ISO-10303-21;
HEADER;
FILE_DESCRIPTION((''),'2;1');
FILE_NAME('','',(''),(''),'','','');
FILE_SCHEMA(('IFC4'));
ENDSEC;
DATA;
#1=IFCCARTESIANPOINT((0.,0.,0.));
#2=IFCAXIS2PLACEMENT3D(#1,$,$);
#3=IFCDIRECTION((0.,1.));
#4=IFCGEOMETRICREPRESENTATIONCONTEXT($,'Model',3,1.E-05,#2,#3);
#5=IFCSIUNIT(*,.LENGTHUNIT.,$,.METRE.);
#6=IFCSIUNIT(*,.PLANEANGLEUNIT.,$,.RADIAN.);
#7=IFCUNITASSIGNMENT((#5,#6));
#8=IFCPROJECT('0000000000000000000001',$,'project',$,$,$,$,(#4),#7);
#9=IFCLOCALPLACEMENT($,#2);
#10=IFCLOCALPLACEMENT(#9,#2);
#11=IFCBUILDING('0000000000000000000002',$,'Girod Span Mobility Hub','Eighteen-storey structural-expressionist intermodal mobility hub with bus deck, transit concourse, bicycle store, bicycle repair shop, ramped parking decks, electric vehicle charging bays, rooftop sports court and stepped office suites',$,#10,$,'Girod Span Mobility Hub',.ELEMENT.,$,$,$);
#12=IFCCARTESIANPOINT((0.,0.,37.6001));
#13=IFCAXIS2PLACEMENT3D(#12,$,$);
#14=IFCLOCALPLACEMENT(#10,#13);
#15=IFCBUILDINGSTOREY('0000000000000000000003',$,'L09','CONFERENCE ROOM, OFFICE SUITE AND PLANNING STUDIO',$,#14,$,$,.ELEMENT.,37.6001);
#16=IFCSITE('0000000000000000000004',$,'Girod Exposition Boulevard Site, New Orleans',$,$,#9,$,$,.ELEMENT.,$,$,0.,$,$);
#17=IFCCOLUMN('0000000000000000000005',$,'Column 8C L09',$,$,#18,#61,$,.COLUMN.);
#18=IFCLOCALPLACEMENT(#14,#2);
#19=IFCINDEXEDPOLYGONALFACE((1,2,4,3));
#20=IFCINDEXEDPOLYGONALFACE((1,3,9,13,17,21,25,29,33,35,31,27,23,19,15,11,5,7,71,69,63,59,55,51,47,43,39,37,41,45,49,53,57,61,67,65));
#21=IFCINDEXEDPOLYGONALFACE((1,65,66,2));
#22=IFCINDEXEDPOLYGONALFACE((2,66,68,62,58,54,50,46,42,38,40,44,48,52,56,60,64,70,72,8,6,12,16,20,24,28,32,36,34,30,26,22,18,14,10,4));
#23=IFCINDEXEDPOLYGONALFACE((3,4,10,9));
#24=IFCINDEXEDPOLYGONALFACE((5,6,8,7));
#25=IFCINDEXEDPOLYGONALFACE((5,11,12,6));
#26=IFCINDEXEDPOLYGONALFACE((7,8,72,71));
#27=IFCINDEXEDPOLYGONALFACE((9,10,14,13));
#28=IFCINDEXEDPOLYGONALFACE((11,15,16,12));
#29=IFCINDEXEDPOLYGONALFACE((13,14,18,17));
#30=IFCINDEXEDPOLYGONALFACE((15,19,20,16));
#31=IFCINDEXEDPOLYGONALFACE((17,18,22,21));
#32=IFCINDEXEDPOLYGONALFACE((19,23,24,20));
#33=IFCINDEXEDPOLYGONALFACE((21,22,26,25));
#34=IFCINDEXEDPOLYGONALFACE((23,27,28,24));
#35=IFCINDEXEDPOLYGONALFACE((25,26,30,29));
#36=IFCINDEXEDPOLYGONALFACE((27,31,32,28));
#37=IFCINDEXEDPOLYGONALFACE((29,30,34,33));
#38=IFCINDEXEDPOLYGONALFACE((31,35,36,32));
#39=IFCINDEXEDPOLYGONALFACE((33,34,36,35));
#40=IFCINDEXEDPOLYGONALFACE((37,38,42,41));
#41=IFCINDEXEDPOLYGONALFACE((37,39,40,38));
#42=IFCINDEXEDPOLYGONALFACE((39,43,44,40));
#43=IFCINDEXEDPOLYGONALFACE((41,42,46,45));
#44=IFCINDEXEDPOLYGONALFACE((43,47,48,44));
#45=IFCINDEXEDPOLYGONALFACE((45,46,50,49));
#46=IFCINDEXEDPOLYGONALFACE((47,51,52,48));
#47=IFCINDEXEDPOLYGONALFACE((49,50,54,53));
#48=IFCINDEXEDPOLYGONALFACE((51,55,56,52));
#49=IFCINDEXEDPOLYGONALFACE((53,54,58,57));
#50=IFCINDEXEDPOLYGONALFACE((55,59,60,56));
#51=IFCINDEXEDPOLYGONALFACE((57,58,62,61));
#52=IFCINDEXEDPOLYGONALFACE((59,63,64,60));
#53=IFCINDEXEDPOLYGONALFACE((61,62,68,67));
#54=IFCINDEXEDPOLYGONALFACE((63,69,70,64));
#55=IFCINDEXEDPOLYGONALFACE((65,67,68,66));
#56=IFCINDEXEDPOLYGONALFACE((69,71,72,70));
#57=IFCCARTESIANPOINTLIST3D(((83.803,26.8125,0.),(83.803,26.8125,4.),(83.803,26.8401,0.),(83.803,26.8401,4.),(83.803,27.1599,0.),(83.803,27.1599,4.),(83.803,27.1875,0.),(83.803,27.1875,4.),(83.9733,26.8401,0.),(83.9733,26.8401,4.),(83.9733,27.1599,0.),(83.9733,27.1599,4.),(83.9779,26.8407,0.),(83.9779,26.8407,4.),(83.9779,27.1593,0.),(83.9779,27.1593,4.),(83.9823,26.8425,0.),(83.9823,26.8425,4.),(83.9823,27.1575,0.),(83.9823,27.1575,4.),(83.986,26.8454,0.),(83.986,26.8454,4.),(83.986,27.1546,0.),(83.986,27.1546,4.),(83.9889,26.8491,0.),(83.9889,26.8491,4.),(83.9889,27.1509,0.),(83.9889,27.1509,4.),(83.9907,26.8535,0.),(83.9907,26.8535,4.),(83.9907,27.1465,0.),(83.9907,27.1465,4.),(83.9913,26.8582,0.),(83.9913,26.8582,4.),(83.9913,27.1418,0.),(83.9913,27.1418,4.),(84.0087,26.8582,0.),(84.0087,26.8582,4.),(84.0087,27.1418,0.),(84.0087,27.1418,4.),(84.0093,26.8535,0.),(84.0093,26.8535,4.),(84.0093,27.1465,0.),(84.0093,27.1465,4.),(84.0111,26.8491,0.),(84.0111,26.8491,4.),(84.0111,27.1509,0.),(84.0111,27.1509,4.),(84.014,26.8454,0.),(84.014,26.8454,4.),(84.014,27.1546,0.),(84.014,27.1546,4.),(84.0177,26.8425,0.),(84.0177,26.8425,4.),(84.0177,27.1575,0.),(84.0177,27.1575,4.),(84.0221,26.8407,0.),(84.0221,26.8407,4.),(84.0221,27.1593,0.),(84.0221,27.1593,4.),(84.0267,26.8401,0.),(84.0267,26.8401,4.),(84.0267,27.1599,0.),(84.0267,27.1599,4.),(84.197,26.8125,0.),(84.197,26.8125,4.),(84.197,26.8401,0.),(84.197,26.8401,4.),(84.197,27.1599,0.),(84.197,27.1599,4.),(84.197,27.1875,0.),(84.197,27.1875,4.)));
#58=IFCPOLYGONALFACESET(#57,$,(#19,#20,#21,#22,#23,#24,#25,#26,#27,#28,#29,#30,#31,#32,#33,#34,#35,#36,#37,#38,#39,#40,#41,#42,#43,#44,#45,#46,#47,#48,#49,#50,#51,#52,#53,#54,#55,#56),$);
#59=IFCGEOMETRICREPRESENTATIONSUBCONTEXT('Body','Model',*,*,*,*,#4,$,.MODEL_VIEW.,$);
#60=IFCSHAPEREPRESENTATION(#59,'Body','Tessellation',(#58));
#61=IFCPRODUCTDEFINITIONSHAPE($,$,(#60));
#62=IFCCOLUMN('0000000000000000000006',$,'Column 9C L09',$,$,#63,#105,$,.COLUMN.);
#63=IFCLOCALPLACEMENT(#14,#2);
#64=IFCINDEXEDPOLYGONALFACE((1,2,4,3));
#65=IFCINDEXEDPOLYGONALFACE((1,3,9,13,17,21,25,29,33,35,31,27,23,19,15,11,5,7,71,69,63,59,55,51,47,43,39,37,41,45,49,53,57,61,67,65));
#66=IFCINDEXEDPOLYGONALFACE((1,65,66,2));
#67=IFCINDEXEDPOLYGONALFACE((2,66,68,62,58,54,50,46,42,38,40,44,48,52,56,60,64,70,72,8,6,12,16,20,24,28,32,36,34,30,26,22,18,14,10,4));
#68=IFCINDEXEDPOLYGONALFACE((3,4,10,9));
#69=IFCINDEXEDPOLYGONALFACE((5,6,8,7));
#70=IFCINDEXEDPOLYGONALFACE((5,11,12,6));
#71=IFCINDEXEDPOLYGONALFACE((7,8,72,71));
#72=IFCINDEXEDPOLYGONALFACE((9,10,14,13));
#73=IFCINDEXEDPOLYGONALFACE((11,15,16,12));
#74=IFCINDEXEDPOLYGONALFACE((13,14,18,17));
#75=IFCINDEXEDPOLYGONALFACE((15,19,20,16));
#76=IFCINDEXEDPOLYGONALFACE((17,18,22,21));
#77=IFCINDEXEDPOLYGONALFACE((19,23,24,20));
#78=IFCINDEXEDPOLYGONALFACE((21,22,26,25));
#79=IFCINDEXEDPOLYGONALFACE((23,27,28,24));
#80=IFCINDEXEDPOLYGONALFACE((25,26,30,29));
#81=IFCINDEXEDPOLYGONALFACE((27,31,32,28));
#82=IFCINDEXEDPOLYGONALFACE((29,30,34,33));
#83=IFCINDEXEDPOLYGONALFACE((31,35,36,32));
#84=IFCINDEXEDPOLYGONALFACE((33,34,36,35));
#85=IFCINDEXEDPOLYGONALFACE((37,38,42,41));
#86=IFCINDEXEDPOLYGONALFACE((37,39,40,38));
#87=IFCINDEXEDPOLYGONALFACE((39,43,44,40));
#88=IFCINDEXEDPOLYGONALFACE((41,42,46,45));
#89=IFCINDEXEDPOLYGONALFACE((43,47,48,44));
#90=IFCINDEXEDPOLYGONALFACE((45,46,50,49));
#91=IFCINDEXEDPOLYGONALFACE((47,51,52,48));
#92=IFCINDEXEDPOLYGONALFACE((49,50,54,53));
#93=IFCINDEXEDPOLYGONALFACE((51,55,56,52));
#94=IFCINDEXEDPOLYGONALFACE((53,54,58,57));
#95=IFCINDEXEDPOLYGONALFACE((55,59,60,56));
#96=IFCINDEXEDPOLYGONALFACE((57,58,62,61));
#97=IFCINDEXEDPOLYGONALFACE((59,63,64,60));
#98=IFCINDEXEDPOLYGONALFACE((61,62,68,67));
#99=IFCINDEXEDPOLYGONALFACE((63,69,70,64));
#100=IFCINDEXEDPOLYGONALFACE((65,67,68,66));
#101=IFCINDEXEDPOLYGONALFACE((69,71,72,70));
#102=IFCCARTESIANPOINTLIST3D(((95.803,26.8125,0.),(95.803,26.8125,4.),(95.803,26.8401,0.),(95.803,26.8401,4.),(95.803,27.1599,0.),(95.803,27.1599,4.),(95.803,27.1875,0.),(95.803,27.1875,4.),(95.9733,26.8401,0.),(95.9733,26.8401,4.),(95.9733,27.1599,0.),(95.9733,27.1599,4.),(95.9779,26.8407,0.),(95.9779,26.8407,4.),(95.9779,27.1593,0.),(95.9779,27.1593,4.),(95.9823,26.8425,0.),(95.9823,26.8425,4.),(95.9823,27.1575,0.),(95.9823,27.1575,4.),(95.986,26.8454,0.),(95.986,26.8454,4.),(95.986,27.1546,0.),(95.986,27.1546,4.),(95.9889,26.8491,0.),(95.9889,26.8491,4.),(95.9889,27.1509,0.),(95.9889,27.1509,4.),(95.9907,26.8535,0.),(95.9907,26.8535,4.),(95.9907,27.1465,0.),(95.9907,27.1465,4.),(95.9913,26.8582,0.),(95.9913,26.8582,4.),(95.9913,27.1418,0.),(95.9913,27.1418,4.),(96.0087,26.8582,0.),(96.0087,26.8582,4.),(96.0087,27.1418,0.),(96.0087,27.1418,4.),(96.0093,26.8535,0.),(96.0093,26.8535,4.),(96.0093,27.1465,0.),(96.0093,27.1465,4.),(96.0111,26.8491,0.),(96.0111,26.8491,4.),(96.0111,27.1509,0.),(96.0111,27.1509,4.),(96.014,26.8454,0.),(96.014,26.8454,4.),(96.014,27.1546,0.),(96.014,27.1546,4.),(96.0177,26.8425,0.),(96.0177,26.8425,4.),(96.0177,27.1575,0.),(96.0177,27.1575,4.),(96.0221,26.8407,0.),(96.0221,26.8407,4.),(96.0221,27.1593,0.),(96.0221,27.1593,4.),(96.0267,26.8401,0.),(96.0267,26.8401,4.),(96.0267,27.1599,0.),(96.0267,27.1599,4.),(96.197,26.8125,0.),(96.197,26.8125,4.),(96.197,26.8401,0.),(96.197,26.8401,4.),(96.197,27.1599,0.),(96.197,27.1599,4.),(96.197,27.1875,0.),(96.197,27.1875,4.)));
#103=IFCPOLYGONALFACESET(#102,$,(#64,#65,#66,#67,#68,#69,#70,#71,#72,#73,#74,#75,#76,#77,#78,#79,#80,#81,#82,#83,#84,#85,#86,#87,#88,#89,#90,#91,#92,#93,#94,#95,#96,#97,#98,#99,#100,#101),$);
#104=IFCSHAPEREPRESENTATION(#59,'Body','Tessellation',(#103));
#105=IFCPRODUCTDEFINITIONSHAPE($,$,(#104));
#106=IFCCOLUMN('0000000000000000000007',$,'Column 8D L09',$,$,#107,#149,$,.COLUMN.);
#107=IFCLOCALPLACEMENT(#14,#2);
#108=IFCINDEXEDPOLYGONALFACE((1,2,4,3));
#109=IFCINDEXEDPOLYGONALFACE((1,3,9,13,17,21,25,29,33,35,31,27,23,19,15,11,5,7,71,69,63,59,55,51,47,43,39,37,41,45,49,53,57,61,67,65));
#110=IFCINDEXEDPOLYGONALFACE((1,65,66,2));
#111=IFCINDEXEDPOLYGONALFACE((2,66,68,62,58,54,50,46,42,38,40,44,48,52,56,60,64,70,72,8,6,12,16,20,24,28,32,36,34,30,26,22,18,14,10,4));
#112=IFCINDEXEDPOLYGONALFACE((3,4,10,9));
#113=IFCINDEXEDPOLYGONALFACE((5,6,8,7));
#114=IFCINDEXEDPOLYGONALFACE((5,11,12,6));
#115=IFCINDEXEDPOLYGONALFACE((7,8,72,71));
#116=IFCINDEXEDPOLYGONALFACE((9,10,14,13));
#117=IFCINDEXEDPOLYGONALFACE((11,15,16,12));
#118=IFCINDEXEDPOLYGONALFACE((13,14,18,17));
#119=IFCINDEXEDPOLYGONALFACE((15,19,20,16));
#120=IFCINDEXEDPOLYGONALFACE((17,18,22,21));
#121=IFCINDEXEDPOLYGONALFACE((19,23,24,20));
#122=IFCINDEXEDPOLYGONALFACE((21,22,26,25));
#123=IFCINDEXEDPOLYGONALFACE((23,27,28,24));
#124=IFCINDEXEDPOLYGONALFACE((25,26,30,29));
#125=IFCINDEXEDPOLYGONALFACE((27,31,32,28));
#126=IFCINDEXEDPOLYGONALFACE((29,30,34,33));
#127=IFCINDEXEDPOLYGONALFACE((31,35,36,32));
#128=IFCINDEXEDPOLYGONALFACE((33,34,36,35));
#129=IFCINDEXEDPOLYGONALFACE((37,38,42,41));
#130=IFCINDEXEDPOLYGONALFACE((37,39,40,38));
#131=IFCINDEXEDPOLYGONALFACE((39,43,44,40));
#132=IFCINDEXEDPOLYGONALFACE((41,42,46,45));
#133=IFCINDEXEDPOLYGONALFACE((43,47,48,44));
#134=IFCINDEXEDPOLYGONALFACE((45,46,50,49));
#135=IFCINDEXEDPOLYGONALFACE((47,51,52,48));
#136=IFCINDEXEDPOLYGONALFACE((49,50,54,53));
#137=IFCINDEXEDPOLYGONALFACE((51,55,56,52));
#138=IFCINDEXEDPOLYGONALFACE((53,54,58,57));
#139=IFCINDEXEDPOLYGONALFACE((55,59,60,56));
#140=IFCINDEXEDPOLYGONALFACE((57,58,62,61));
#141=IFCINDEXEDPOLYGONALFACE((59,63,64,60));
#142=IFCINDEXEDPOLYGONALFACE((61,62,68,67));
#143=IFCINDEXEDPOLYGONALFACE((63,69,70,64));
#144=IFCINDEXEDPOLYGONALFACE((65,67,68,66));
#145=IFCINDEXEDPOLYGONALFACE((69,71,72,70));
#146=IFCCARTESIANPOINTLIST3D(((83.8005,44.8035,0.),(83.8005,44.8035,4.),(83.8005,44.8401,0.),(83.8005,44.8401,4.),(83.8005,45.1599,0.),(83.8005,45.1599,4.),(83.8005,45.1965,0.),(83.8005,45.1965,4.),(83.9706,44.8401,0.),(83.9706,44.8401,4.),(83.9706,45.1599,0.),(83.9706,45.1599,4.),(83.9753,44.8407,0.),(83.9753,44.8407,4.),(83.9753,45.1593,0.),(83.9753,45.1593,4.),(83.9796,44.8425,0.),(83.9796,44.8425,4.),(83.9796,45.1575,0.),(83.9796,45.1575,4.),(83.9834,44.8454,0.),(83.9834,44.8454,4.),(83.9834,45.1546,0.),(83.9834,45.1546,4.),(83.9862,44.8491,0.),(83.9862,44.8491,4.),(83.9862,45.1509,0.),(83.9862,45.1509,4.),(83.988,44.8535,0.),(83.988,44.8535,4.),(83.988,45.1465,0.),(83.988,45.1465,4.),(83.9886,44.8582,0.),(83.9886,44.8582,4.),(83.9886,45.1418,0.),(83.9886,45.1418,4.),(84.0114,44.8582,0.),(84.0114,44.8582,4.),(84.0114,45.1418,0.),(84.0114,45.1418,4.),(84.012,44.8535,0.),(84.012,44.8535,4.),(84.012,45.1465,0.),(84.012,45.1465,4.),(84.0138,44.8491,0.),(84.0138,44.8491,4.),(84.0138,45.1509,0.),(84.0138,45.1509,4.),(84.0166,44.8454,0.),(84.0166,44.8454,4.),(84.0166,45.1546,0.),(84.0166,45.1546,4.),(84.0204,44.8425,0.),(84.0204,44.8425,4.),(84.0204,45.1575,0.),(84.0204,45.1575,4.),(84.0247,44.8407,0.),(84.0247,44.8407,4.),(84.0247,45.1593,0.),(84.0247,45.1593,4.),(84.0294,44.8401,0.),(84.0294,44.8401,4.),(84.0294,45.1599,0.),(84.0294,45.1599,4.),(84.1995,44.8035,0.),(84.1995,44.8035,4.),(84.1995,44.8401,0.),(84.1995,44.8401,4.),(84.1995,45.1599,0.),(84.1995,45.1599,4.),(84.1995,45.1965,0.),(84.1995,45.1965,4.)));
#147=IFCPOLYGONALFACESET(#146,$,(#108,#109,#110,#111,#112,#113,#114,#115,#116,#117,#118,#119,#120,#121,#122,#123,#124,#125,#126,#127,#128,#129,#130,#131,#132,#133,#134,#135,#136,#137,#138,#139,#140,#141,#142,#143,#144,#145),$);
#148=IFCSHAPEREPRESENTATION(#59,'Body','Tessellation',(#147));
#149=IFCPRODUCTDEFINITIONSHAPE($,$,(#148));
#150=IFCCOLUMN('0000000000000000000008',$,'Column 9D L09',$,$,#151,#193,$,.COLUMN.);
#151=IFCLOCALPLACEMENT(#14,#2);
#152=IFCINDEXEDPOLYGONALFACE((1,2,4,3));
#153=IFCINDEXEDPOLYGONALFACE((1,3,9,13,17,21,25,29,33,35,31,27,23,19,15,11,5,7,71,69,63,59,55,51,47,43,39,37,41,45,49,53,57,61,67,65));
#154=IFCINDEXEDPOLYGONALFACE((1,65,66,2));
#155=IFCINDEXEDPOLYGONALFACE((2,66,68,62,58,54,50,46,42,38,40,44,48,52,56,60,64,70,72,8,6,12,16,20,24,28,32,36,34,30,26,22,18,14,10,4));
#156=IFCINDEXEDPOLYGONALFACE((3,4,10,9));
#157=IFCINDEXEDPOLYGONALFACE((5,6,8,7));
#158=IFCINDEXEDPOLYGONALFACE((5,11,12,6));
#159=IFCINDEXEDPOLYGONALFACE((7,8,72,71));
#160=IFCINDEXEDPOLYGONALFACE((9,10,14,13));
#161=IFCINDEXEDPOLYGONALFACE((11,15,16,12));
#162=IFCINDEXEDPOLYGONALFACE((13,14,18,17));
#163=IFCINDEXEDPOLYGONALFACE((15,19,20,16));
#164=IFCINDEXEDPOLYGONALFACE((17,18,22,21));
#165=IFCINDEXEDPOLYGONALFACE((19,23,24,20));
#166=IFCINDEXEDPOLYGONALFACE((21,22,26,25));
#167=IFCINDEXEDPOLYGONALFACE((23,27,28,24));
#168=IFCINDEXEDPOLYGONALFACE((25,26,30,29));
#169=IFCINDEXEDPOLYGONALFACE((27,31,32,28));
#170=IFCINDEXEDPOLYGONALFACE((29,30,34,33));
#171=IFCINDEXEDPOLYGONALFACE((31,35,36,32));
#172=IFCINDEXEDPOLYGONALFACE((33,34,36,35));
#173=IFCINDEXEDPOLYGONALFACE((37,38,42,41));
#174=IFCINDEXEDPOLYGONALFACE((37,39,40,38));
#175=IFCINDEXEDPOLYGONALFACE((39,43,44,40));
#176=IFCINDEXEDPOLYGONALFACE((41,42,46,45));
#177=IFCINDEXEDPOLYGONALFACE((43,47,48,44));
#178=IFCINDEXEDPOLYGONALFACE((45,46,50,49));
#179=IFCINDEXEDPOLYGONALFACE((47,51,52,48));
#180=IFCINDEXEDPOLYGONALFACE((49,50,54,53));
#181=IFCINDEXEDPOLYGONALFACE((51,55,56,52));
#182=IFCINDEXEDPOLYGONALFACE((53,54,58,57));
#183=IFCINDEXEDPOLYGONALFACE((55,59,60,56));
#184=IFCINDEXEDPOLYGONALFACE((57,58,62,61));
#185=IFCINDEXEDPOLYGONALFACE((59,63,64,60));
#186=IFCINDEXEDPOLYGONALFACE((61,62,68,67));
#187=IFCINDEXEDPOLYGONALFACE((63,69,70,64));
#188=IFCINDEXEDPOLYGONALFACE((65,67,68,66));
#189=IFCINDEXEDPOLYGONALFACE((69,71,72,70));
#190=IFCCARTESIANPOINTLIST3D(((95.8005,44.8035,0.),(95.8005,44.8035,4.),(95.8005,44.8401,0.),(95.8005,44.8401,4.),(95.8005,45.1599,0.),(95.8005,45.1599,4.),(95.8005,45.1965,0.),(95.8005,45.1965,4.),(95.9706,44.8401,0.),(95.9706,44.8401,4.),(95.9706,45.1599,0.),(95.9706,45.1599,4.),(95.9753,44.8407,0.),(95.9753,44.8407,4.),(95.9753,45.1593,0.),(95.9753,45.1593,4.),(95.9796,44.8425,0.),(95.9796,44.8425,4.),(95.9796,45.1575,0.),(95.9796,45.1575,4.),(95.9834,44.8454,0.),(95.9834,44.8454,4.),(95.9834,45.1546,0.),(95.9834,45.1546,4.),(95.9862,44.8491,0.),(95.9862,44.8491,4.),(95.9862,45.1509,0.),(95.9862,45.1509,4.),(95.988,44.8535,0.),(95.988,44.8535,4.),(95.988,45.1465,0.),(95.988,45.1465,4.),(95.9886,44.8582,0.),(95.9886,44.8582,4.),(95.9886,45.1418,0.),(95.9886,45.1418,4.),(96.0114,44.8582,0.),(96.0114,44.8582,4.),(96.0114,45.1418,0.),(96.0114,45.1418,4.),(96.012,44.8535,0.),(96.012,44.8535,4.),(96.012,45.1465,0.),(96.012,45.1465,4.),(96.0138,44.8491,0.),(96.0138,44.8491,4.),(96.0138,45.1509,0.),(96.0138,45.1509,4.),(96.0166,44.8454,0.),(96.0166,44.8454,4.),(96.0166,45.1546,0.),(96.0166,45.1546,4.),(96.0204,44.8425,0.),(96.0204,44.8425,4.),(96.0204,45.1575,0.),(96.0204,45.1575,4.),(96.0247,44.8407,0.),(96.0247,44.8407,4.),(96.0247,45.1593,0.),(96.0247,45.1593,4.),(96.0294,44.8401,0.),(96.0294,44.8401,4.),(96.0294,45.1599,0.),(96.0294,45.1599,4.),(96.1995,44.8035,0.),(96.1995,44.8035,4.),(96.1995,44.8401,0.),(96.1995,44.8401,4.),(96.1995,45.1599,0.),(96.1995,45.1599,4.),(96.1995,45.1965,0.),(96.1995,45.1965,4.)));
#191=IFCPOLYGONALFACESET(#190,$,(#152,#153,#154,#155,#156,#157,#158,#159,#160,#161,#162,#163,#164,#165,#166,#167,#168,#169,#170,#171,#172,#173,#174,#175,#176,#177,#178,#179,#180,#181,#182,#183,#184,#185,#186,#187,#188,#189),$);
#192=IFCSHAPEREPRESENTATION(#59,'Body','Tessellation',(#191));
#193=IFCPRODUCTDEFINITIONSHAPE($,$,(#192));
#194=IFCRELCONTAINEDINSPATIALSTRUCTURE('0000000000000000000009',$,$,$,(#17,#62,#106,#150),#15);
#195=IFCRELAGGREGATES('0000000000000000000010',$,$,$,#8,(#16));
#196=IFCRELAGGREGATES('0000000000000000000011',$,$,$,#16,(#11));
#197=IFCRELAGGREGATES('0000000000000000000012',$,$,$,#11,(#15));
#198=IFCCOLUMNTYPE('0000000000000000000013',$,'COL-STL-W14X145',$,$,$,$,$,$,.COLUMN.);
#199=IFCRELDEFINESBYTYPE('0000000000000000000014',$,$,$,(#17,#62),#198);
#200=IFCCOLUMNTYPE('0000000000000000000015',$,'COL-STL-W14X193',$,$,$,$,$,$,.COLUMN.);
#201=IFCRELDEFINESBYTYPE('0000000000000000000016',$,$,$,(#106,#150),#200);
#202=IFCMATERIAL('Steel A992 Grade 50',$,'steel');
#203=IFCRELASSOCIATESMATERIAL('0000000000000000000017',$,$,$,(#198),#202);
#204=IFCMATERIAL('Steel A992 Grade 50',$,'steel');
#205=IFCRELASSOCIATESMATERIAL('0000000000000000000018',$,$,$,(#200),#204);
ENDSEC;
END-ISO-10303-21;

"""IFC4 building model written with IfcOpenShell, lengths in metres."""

from ifc_helpers import new_model, si_unit, direction, frame, origin, origin_2d, place, context, subcontext, project, spatial, i_section, extrude, material, material_profile, profile_set, type_object, element, save


model = new_model("IFC4")

# Units and contexts
model_context = context("Model", 3, precision=1e-05, world=origin(), true_north=direction((0.0, 1.0)))
body_context = subcontext(model_context, "Body", "Model", "MODEL_VIEW")
ifc_project = project(units=[si_unit("LENGTHUNIT", "METRE"), si_unit("PLANEANGLEUNIT", "RADIAN")], contexts=[model_context])

# Site, building, storey
site_placement = place(None, origin())
site = spatial("IfcSite", under=ifc_project, at=site_placement, Name="Girod Exposition Boulevard Site, New Orleans", CompositionType="ELEMENT", RefElevation=0.0)
building_placement = place(site_placement, origin())
building = spatial("IfcBuilding", under=site, at=building_placement, Name="Girod Span Mobility Hub", Description="Eighteen-storey structural-expressionist intermodal mobility hub with bus deck, transit concourse, bicycle store, bicycle repair shop, ramped parking decks, electric vehicle charging bays, rooftop sports court and stepped office suites", LongName="Girod Span Mobility Hub", CompositionType="ELEMENT")
storey_placement = place(building_placement, frame((0.0, 0.0, 37.6001)))
storey = spatial("IfcBuildingStorey", under=building, at=storey_placement, Name="L09", Description="CONFERENCE ROOM, OFFICE SUITE AND PLANNING STUDIO", CompositionType="ELEMENT", Elevation=37.6001)

# Columns
ifc_material_1 = material(Name="Steel A992 Grade 50", Category="steel")
ifc_material_profile_1 = material_profile(ifc_material_1, i_section(OverallWidth=0.394, OverallDepth=0.375, WebThickness=0.0173, FlangeThickness=0.0276, FilletRadius=0.0181, at=origin_2d()), Name="W14X145")
ifc_profile_set_1 = profile_set([ifc_material_profile_1], Name="Steel A992 Grade 50")
column_type_1 = type_object("IfcColumnType", Name="COL-STL-W14X145", PredefinedType="COLUMN", material=ifc_profile_set_1)
for number, where, z_axis, x_axis, name in (
    (1, (84.0, 27.0, 0.0), (0.0, 0.0, 1.0), (1.0, 0.0, 0.0), "Column 8C L09"),
    (2, (96.0, 27.0, 0.0), (0.0, 0.0, 1.0), (1.0, 0.0, 0.0), "Column 9C L09"),
):
    element("IfcColumn", number, at=place(storey_placement, frame(where, z_axis=z_axis, x_axis=x_axis)), inside=storey, type_object=column_type_1, Name=name, PredefinedType="COLUMN", context=body_context, shape_type="SweptSolid", body=[
        extrude(i_section(OverallWidth=0.394, OverallDepth=0.375, WebThickness=0.0173, FlangeThickness=0.0276, FilletRadius=0.0181, at=origin_2d()), origin(), (0.0, 0.0, 1.0), 4.0),
    ])
ifc_material_2 = material(Name="Steel A992 Grade 50", Category="steel")
ifc_material_profile_2 = material_profile(ifc_material_2, i_section(OverallWidth=0.3989, OverallDepth=0.3931, WebThickness=0.0227, FlangeThickness=0.0366, FilletRadius=0.0181, at=origin_2d()), Name="W14X193")
ifc_profile_set_2 = profile_set([ifc_material_profile_2], Name="Steel A992 Grade 50")
column_type_2 = type_object("IfcColumnType", Name="COL-STL-W14X193", PredefinedType="COLUMN", material=ifc_profile_set_2)
for number, where, z_axis, x_axis, name in (
    (3, (84.0, 45.0, 0.0), (0.0, 0.0, 1.0), (1.0, 0.0, 0.0), "Column 8D L09"),
    (4, (96.0, 45.0, 0.0), (0.0, 0.0, 1.0), (1.0, 0.0, 0.0), "Column 9D L09"),
):
    element("IfcColumn", number, at=place(storey_placement, frame(where, z_axis=z_axis, x_axis=x_axis)), inside=storey, type_object=column_type_2, Name=name, PredefinedType="COLUMN", context=body_context, shape_type="SweptSolid", body=[
        extrude(i_section(OverallWidth=0.3989, OverallDepth=0.3931, WebThickness=0.0227, FlangeThickness=0.0366, FilletRadius=0.0181, at=origin_2d()), origin(), (0.0, 0.0, 1.0), 4.0),
    ])

save(model, "model.ifc")
